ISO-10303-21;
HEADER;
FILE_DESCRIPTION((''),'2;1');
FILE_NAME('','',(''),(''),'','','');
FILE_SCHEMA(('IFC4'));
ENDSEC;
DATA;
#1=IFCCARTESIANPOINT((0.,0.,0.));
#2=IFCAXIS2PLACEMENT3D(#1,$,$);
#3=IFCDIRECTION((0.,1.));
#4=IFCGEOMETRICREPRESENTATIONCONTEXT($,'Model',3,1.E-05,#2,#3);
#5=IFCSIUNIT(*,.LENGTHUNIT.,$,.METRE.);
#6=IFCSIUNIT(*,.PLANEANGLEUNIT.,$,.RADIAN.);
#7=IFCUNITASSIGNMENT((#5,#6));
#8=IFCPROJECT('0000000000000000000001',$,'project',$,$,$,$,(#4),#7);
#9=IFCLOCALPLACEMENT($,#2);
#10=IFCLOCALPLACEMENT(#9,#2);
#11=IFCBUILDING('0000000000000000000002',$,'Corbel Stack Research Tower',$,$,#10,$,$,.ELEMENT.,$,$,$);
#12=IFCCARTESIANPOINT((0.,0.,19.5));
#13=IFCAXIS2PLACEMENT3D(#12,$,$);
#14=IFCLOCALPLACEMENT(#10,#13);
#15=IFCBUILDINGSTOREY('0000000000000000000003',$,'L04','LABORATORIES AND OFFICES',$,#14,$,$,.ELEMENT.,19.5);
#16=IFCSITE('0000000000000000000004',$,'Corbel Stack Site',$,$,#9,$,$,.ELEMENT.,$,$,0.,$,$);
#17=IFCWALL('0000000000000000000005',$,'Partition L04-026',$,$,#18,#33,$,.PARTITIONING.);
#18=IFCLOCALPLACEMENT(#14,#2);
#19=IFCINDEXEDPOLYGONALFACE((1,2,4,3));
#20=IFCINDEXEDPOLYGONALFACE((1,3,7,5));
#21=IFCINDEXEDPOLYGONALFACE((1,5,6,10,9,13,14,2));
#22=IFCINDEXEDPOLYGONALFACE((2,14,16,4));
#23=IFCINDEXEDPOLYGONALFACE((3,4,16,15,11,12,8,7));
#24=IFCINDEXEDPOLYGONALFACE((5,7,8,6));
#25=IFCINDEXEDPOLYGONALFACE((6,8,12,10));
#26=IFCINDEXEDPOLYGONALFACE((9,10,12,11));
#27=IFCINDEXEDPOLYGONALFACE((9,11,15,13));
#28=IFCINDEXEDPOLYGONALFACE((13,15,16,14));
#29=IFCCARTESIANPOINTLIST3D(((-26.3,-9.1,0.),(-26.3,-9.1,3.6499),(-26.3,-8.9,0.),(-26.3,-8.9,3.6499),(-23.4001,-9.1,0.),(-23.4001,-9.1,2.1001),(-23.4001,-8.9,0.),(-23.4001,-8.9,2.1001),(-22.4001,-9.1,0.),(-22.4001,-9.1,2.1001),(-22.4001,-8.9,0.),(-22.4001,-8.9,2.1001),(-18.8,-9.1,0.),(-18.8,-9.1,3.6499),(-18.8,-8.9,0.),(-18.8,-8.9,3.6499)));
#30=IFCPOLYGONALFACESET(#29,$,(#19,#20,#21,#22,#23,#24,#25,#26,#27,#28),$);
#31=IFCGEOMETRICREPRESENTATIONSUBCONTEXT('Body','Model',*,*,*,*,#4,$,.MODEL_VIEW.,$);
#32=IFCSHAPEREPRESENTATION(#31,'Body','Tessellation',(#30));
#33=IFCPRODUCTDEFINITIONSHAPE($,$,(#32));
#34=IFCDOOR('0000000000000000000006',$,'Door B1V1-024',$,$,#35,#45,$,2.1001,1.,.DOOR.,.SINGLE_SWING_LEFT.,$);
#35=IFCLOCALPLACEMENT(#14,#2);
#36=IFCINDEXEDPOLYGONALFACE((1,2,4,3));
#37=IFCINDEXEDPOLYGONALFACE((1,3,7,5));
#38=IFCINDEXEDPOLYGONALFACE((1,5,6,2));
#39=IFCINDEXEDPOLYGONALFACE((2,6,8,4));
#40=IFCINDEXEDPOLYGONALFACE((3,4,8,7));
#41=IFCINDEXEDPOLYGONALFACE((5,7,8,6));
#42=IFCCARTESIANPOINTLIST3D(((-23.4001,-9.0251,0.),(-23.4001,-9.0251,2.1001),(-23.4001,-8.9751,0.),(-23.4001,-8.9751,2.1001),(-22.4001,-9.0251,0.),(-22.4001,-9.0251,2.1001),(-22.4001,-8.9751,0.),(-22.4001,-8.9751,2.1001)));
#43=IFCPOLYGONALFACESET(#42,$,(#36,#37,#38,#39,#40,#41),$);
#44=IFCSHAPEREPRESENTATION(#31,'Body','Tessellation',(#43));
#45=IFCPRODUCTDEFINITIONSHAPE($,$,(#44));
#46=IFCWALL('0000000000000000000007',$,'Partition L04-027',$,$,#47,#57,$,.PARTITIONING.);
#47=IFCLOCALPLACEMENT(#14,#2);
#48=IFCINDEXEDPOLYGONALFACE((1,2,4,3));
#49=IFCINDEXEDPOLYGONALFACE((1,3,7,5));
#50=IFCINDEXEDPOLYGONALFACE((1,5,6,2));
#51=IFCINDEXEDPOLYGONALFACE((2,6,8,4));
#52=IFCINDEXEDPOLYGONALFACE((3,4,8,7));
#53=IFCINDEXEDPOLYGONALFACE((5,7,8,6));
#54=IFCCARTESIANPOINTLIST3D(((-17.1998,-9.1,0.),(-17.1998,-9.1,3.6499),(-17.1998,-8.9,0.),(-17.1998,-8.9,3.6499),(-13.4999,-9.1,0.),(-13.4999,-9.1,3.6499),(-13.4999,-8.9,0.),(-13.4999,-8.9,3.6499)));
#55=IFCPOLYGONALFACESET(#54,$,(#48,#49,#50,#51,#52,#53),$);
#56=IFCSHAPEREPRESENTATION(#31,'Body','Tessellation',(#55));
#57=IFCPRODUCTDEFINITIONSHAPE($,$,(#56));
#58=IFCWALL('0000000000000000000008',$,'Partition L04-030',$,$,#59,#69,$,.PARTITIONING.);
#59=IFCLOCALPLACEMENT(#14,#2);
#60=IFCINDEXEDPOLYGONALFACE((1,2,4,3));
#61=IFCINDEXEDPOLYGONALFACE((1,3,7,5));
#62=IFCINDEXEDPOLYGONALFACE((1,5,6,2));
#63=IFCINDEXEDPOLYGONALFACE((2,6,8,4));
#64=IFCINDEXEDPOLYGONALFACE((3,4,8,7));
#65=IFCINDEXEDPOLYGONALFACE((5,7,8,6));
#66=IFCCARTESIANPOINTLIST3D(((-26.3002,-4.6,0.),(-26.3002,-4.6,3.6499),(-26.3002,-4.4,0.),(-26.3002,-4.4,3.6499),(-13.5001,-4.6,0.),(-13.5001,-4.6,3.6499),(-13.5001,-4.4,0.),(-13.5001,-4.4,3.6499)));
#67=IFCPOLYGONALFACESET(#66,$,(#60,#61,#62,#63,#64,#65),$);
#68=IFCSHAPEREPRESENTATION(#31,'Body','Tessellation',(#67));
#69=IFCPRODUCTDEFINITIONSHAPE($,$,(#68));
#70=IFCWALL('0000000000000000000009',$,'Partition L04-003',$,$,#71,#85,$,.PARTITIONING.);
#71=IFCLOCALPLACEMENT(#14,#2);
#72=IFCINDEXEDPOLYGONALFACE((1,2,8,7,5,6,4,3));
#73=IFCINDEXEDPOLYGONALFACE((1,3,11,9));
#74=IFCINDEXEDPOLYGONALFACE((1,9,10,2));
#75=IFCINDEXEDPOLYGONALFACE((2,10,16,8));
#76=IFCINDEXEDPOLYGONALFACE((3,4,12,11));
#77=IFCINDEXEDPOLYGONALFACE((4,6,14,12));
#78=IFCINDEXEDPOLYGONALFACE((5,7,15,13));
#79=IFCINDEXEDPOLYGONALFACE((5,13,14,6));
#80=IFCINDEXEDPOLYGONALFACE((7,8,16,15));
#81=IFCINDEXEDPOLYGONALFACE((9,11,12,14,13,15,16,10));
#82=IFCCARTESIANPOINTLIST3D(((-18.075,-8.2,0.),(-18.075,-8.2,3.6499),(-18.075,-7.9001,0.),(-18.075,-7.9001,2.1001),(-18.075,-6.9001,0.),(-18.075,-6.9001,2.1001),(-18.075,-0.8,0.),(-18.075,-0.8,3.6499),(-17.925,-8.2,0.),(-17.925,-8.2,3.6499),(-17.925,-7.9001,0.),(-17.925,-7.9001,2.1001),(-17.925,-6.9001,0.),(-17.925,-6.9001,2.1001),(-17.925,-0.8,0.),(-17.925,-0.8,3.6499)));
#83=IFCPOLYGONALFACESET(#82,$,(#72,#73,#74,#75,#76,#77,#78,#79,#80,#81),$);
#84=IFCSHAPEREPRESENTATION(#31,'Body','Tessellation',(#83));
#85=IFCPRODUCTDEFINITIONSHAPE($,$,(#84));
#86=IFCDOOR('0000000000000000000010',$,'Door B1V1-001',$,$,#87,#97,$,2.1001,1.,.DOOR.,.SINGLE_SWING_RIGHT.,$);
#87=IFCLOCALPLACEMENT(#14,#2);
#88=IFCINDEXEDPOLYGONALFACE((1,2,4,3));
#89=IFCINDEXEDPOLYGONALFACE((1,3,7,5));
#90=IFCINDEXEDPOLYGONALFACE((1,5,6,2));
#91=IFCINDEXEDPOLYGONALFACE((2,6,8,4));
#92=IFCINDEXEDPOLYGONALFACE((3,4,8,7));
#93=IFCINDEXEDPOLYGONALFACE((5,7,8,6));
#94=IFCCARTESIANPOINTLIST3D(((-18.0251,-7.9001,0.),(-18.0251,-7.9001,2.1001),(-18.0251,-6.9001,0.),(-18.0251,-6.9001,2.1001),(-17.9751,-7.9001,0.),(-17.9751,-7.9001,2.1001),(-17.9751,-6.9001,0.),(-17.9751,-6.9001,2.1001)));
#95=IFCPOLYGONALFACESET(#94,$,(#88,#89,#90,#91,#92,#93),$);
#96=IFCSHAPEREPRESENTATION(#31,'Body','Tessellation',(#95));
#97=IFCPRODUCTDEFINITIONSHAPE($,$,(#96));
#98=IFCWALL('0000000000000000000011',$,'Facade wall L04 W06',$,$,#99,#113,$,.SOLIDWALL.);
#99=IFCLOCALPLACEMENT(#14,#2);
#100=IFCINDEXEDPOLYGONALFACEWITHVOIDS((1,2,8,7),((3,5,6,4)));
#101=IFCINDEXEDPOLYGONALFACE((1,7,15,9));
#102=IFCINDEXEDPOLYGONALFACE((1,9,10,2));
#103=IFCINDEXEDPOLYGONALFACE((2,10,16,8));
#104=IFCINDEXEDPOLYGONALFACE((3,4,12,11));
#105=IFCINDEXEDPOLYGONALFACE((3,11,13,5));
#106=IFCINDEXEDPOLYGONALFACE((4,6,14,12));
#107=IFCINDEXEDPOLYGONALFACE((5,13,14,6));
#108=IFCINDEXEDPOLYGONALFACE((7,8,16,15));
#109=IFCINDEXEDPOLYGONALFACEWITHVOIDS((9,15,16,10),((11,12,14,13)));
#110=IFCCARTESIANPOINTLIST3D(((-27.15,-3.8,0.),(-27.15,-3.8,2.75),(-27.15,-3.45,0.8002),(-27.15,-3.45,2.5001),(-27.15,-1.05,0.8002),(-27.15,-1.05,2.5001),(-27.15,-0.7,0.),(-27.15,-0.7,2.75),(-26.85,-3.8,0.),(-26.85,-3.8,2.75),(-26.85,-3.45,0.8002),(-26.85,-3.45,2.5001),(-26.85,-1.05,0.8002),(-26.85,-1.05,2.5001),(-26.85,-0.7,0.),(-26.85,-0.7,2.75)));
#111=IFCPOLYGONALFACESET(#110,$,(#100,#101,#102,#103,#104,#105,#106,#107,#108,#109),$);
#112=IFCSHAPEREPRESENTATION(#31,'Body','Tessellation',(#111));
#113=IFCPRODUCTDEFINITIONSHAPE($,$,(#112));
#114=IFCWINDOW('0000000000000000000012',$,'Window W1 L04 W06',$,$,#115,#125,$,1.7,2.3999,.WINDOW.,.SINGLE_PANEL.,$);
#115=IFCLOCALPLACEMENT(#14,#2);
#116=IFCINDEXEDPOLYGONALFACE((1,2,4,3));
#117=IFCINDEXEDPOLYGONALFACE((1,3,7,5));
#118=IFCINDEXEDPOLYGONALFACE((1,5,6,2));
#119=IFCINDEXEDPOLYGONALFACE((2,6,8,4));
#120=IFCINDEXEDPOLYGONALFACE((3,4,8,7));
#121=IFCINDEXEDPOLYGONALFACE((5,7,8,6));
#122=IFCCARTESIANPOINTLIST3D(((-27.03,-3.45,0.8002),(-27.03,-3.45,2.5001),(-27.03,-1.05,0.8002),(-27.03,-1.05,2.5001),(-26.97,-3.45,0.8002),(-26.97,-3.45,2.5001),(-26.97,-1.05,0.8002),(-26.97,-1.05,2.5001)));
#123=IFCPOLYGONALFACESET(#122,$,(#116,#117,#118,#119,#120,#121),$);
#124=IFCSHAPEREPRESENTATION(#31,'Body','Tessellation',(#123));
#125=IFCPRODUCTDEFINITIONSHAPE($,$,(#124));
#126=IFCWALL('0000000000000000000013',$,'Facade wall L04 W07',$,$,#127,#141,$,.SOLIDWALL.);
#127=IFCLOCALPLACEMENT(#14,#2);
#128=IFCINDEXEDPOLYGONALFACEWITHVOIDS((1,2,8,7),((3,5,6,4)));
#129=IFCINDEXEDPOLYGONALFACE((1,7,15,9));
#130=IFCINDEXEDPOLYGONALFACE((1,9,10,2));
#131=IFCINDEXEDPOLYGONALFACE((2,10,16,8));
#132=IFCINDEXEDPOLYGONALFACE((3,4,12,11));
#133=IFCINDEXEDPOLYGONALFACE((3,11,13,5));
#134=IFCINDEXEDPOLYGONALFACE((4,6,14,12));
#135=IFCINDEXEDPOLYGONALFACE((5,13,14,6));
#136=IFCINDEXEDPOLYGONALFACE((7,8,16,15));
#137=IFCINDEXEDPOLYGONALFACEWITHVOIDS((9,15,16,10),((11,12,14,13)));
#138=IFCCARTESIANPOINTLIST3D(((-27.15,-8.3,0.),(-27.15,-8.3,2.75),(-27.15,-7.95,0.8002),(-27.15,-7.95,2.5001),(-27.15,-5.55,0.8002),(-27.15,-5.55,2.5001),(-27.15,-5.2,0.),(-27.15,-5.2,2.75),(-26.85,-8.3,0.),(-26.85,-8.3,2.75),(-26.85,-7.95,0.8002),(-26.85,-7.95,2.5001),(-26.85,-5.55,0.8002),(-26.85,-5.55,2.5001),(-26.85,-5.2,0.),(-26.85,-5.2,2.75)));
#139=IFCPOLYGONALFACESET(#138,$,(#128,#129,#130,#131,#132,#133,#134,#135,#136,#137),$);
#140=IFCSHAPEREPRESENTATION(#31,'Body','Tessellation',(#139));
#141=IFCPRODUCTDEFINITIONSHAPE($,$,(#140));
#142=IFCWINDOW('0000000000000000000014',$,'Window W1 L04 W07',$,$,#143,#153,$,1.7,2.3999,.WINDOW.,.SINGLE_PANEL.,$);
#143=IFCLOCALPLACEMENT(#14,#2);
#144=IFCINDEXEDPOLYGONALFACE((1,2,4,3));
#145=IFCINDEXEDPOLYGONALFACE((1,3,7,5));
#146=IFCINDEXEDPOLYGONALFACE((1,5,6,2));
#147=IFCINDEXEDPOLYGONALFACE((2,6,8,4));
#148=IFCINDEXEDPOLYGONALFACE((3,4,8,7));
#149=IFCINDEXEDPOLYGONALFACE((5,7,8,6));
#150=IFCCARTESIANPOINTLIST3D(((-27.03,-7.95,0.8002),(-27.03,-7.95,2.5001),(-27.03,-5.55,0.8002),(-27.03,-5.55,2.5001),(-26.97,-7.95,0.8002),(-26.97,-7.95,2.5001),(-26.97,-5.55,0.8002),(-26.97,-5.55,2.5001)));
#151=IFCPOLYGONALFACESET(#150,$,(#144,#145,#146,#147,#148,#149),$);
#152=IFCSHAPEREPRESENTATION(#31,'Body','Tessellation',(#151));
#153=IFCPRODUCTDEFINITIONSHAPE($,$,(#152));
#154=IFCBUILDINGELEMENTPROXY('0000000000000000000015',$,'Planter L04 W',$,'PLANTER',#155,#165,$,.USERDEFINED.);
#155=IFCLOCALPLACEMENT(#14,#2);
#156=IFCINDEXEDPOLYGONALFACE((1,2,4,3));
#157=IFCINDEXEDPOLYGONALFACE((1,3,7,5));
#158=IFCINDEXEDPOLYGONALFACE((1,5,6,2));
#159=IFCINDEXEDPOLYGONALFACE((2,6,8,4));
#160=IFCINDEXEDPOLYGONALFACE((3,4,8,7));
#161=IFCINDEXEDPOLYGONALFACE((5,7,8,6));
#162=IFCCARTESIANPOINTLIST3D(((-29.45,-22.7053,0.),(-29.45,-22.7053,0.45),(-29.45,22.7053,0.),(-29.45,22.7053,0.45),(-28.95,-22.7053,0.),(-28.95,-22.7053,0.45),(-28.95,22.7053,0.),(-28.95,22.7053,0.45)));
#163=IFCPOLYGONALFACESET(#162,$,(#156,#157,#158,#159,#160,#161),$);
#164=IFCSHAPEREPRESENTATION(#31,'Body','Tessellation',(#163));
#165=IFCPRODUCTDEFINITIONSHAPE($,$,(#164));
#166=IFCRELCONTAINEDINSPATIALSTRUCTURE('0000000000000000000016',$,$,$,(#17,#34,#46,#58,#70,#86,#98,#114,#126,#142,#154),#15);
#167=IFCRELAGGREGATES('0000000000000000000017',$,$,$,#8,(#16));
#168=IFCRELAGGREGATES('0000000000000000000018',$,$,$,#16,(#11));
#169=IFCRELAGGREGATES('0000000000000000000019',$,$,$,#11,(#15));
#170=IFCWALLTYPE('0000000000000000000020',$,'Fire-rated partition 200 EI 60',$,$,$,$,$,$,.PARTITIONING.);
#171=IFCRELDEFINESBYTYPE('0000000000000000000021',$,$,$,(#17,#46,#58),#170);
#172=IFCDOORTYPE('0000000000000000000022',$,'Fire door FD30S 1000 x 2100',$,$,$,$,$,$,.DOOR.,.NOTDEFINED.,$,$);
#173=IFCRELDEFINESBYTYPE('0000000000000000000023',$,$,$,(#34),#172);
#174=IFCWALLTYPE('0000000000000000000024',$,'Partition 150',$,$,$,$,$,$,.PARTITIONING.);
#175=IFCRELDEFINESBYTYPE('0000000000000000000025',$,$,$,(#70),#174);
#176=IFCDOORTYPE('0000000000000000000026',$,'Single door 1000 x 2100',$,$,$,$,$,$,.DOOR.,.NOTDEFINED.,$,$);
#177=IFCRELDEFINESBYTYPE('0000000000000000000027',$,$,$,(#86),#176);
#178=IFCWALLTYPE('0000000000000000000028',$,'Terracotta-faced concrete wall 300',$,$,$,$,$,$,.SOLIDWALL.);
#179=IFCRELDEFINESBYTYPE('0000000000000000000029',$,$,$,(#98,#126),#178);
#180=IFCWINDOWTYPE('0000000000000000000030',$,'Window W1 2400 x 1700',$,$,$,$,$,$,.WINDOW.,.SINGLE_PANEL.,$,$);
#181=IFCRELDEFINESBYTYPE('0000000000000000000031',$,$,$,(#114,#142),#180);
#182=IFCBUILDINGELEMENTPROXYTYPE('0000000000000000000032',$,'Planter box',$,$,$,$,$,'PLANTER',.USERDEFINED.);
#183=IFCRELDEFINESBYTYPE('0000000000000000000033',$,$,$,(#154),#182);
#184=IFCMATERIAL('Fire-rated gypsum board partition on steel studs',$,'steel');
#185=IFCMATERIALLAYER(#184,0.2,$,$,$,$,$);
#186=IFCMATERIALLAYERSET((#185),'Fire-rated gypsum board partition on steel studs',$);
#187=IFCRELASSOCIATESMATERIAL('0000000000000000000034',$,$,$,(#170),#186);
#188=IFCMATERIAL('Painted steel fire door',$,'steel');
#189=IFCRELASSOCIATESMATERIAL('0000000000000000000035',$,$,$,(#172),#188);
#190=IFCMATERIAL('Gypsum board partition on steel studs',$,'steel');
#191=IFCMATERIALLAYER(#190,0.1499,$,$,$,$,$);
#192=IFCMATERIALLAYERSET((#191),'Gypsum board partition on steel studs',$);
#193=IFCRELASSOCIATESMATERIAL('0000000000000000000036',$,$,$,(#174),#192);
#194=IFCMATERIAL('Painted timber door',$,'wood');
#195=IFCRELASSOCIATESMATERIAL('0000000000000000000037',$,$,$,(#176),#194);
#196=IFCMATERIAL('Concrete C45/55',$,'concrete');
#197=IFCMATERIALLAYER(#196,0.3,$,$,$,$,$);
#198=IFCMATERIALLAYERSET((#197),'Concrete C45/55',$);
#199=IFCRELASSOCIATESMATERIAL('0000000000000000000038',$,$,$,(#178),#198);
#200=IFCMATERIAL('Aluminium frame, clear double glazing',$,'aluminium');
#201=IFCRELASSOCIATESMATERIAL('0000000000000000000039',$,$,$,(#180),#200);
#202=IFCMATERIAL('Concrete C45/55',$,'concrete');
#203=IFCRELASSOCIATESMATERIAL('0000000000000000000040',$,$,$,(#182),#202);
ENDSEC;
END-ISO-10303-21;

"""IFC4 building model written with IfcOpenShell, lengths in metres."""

from ifc_helpers import new_model, si_unit, direction, frame, frame_2d, origin, origin_2d, place, context, subcontext, project, spatial, rectangle, extrude, material, layer, layer_set, type_object, element, fill, save


model = new_model("IFC4")

# Units and contexts
model_context = context("Model", 3, precision=1e-05, world=origin(), true_north=direction((0.0, 1.0)))
body_context = subcontext(model_context, "Body", "Model", "MODEL_VIEW")
ifc_project = project(units=[si_unit("LENGTHUNIT", "METRE"), si_unit("PLANEANGLEUNIT", "RADIAN")], contexts=[model_context])

# Site, building, storey
site_placement = place(None, origin())
site = spatial("IfcSite", under=ifc_project, at=site_placement, Name="Corbel Stack Site", CompositionType="ELEMENT", RefElevation=0.0)
building_placement = place(site_placement, origin())
building = spatial("IfcBuilding", under=site, at=building_placement, Name="Corbel Stack Research Tower", CompositionType="ELEMENT")
storey_placement = place(building_placement, frame((0.0, 0.0, 19.5)))
storey = spatial("IfcBuildingStorey", under=building, at=storey_placement, Name="L04", Description="LABORATORIES AND OFFICES", CompositionType="ELEMENT", Elevation=19.5)

# Shared definitions
ifc_material_1 = material(Name="Fire-rated gypsum board partition on steel studs", Category="steel")
ifc_layer_1 = layer(ifc_material_1, 0.2)
ifc_layer_set_1 = layer_set([ifc_layer_1], Name="Fire-rated gypsum board partition on steel studs")
wall_type_1 = type_object("IfcWallType", Name="Fire-rated partition 200 EI 60", PredefinedType="PARTITIONING", material=ifc_layer_set_1)
ifc_material_2 = material(Name="Painted steel fire door", Category="steel")
door_type_1 = type_object("IfcDoorType", Name="Fire door FD30S 1000 x 2100", OperationType="NOTDEFINED", PredefinedType="DOOR", material=ifc_material_2)

# Wall, opening, door
wall_1_placement = place(storey_placement, frame((-26.3, -9.0, 0.0), z_axis=(0.0, 0.0, 1.0), x_axis=(1.0, 0.0, 0.0)))
wall_1 = element("IfcWall", 1, at=wall_1_placement, inside=storey, type_object=wall_type_1, Name="Partition L04-026", PredefinedType="PARTITIONING", context=body_context, shape_type="SweptSolid", body=[
    extrude(rectangle(XDim=7.5, YDim=0.2, at=frame_2d((3.75, 0.0))), origin(), (0.0, 0.0, 1.0), 3.6499),
])
opening_1_placement = place(wall_1_placement, frame((2.8999, 0.0, 0.0)))
opening_1 = element("IfcOpeningElement", 2, at=opening_1_placement, cuts=wall_1, PredefinedType="OPENING", context=body_context, shape_type="SweptSolid", body=[
    extrude(rectangle(XDim=1.0, YDim=2.1001, at=frame_2d((0.5, 1.05))), frame((0.0, 0.1099, 0.0), z_axis=(0.0, -1.0, 0.0), x_axis=(1.0, 0.0, 0.0)), (0.0, 0.0, 1.0), 0.22),
])
door_1_placement = place(opening_1_placement, origin())
door_1 = element("IfcDoor", 3, at=door_1_placement, inside=storey, type_object=door_type_1, Name="Door B1V1-024", OperationType="SINGLE_SWING_LEFT", OverallHeight=2.1001, OverallWidth=1.0, PredefinedType="DOOR", context=body_context, shape_type="SweptSolid", body=[
    extrude(rectangle(XDim=1.0, YDim=2.1001, at=frame_2d((0.5, 1.05))), frame((0.0, 0.0249, 0.0), z_axis=(0.0, -1.0, 0.0), x_axis=(1.0, 0.0, 0.0)), (0.0, 0.0, 1.0), 0.05),
])
fill(opening_1, door_1)

# Walls
wall_2_placement = place(storey_placement, frame((-17.2, -9.0, 0.0), z_axis=(0.0, 0.0, 1.0), x_axis=(1.0, 0.0, 0.0)))
element("IfcWall", 4, at=wall_2_placement, inside=storey, type_object=wall_type_1, Name="Partition L04-027", PredefinedType="PARTITIONING", context=body_context, shape_type="SweptSolid", body=[
    extrude(rectangle(XDim=3.7, YDim=0.2, at=frame_2d((1.8501, 0.0))), origin(), (0.0, 0.0, 1.0), 3.6499),
])
wall_3_placement = place(storey_placement, frame((-26.3, -4.5, 0.0), z_axis=(0.0, 0.0, 1.0), x_axis=(1.0, 0.0, 0.0)))
element("IfcWall", 5, at=wall_3_placement, inside=storey, type_object=wall_type_1, Name="Partition L04-030", PredefinedType="PARTITIONING", context=body_context, shape_type="SweptSolid", body=[
    extrude(rectangle(XDim=12.8, YDim=0.2, at=frame_2d((6.3999, 0.0))), origin(), (0.0, 0.0, 1.0), 3.6499),
])

# Wall, opening, door
ifc_material_3 = material(Name="Gypsum board partition on steel studs", Category="steel")
ifc_layer_2 = layer(ifc_material_3, 0.1499)
ifc_layer_set_2 = layer_set([ifc_layer_2], Name="Gypsum board partition on steel studs")
wall_type_2 = type_object("IfcWallType", Name="Partition 150", PredefinedType="PARTITIONING", material=ifc_layer_set_2)
wall_4_placement = place(storey_placement, frame((-18.0, -0.8, 0.0), z_axis=(0.0, 0.0, 1.0), x_axis=(0.0, -1.0, 0.0)))
wall_4 = element("IfcWall", 6, at=wall_4_placement, inside=storey, type_object=wall_type_2, Name="Partition L04-003", PredefinedType="PARTITIONING", context=body_context, shape_type="SweptSolid", body=[
    extrude(rectangle(XDim=7.3999, YDim=0.1499, at=frame_2d((3.7, 0.0))), origin(), (0.0, 0.0, 1.0), 3.6499),
])
opening_2_placement = place(wall_4_placement, frame((6.1001, 0.0, 0.0)))
opening_2 = element("IfcOpeningElement", 7, at=opening_2_placement, cuts=wall_4, PredefinedType="OPENING", context=body_context, shape_type="SweptSolid", body=[
    extrude(rectangle(XDim=1.0, YDim=2.1001, at=frame_2d((0.5, 1.05))), frame((0.0, 0.085, 0.0), z_axis=(0.0, -1.0, 0.0), x_axis=(1.0, 0.0, 0.0)), (0.0, 0.0, 1.0), 0.1699),
])
ifc_material_4 = material(Name="Painted timber door", Category="wood")
door_type_2 = type_object("IfcDoorType", Name="Single door 1000 x 2100", OperationType="NOTDEFINED", PredefinedType="DOOR", material=ifc_material_4)
door_2_placement = place(opening_2_placement, origin())
door_2 = element("IfcDoor", 8, at=door_2_placement, inside=storey, type_object=door_type_2, Name="Door B1V1-001", OperationType="SINGLE_SWING_RIGHT", OverallHeight=2.1001, OverallWidth=1.0, PredefinedType="DOOR", context=body_context, shape_type="SweptSolid", body=[
    extrude(rectangle(XDim=1.0, YDim=2.1001, at=frame_2d((0.5, 1.05))), frame((0.0, 0.0249, 0.0), z_axis=(0.0, -1.0, 0.0), x_axis=(1.0, 0.0, 0.0)), (0.0, 0.0, 1.0), 0.05),
])
fill(opening_2, door_2)

# Walls, openings, windows
ifc_material_5 = material(Name="Concrete C45/55", Category="concrete")
ifc_layer_3 = layer(ifc_material_5, 0.3)
ifc_layer_set_3 = layer_set([ifc_layer_3], Name="Concrete C45/55")
wall_type_3 = type_object("IfcWallType", Name="Terracotta-faced concrete wall 300", PredefinedType="SOLIDWALL", material=ifc_layer_set_3)
wall_5_placement = place(storey_placement, frame((-27.0, -3.8, 0.0), z_axis=(0.0, 0.0, 1.0), x_axis=(0.0, 1.0, 0.0)))
wall_5 = element("IfcWall", 9, at=wall_5_placement, inside=storey, type_object=wall_type_3, Name="Facade wall L04 W06", PredefinedType="SOLIDWALL", context=body_context, shape_type="SweptSolid", body=[
    extrude(rectangle(XDim=3.1001, YDim=0.3, at=frame_2d((1.55, 0.0))), origin(), (0.0, 0.0, 1.0), 2.75),
])
opening_3_placement = place(wall_5_placement, frame((0.3501, 0.0, 0.8)))
opening_3 = element("IfcOpeningElement", 10, at=opening_3_placement, cuts=wall_5, PredefinedType="OPENING", context=body_context, shape_type="SweptSolid", body=[
    extrude(rectangle(XDim=2.3999, YDim=1.7, at=frame_2d((1.2, 0.8501))), frame((0.0, 0.1599, 0.0), z_axis=(0.0, -1.0, 0.0), x_axis=(1.0, 0.0, 0.0)), (0.0, 0.0, 1.0), 0.3201),
])
ifc_material_6 = material(Name="Aluminium frame, clear double glazing", Category="aluminium")
window_type = type_object("IfcWindowType", Name="Window W1 2400 x 1700", PartitioningType="SINGLE_PANEL", PredefinedType="WINDOW", material=ifc_material_6)
window_1_placement = place(opening_3_placement, origin())
window_1 = element("IfcWindow", 11, at=window_1_placement, inside=storey, type_object=window_type, Name="Window W1 L04 W06", OverallHeight=1.7, OverallWidth=2.3999, PartitioningType="SINGLE_PANEL", PredefinedType="WINDOW", context=body_context, shape_type="SweptSolid", body=[
    extrude(rectangle(XDim=2.3999, YDim=1.7, at=frame_2d((1.2, 0.8501))), frame((0.0, 0.03, 0.0), z_axis=(0.0, -1.0, 0.0), x_axis=(1.0, 0.0, 0.0)), (0.0, 0.0, 1.0), 0.0601),
])
fill(opening_3, window_1)
wall_6_placement = place(storey_placement, frame((-27.0, -8.3, 0.0), z_axis=(0.0, 0.0, 1.0), x_axis=(0.0, 1.0, 0.0)))
wall_6 = element("IfcWall", 12, at=wall_6_placement, inside=storey, type_object=wall_type_3, Name="Facade wall L04 W07", PredefinedType="SOLIDWALL", context=body_context, shape_type="SweptSolid", body=[
    extrude(rectangle(XDim=3.1001, YDim=0.3, at=frame_2d((1.55, 0.0))), origin(), (0.0, 0.0, 1.0), 2.75),
])
opening_4_placement = place(wall_6_placement, frame((0.3501, 0.0, 0.8)))
opening_4 = element("IfcOpeningElement", 13, at=opening_4_placement, cuts=wall_6, PredefinedType="OPENING", context=body_context, shape_type="SweptSolid", body=[
    extrude(rectangle(XDim=2.3999, YDim=1.7, at=frame_2d((1.2, 0.8501))), frame((0.0, 0.1599, 0.0), z_axis=(0.0, -1.0, 0.0), x_axis=(1.0, 0.0, 0.0)), (0.0, 0.0, 1.0), 0.3201),
])
window_2_placement = place(opening_4_placement, origin())
window_2 = element("IfcWindow", 14, at=window_2_placement, inside=storey, type_object=window_type, Name="Window W1 L04 W07", OverallHeight=1.7, OverallWidth=2.3999, PartitioningType="SINGLE_PANEL", PredefinedType="WINDOW", context=body_context, shape_type="SweptSolid", body=[
    extrude(rectangle(XDim=2.3999, YDim=1.7, at=frame_2d((1.2, 0.8501))), frame((0.0, 0.03, 0.0), z_axis=(0.0, -1.0, 0.0), x_axis=(1.0, 0.0, 0.0)), (0.0, 0.0, 1.0), 0.0601),
])
fill(opening_4, window_2)

# Building element proxy
ifc_material_7 = material(Name="Concrete C45/55", Category="concrete")
building_element_proxy_type = type_object("IfcBuildingElementProxyType", Name="Planter box", ElementType="PLANTER", PredefinedType="USERDEFINED", material=ifc_material_7)
proxy_placement = place(storey_placement, frame((-29.2, 0.0, 0.0), z_axis=(0.0, 0.0, 1.0), x_axis=(0.0, -1.0, 0.0)))
element("IfcBuildingElementProxy", 15, at=proxy_placement, inside=storey, type_object=building_element_proxy_type, Name="Planter L04 W", ObjectType="PLANTER", PredefinedType="USERDEFINED", context=body_context, shape_type="SweptSolid", body=[
    extrude(rectangle(XDim=45.4106, YDim=0.5, at=origin_2d()), origin(), (0.0, 0.0, 1.0), 0.45),
])

save(model, "model.ifc")
